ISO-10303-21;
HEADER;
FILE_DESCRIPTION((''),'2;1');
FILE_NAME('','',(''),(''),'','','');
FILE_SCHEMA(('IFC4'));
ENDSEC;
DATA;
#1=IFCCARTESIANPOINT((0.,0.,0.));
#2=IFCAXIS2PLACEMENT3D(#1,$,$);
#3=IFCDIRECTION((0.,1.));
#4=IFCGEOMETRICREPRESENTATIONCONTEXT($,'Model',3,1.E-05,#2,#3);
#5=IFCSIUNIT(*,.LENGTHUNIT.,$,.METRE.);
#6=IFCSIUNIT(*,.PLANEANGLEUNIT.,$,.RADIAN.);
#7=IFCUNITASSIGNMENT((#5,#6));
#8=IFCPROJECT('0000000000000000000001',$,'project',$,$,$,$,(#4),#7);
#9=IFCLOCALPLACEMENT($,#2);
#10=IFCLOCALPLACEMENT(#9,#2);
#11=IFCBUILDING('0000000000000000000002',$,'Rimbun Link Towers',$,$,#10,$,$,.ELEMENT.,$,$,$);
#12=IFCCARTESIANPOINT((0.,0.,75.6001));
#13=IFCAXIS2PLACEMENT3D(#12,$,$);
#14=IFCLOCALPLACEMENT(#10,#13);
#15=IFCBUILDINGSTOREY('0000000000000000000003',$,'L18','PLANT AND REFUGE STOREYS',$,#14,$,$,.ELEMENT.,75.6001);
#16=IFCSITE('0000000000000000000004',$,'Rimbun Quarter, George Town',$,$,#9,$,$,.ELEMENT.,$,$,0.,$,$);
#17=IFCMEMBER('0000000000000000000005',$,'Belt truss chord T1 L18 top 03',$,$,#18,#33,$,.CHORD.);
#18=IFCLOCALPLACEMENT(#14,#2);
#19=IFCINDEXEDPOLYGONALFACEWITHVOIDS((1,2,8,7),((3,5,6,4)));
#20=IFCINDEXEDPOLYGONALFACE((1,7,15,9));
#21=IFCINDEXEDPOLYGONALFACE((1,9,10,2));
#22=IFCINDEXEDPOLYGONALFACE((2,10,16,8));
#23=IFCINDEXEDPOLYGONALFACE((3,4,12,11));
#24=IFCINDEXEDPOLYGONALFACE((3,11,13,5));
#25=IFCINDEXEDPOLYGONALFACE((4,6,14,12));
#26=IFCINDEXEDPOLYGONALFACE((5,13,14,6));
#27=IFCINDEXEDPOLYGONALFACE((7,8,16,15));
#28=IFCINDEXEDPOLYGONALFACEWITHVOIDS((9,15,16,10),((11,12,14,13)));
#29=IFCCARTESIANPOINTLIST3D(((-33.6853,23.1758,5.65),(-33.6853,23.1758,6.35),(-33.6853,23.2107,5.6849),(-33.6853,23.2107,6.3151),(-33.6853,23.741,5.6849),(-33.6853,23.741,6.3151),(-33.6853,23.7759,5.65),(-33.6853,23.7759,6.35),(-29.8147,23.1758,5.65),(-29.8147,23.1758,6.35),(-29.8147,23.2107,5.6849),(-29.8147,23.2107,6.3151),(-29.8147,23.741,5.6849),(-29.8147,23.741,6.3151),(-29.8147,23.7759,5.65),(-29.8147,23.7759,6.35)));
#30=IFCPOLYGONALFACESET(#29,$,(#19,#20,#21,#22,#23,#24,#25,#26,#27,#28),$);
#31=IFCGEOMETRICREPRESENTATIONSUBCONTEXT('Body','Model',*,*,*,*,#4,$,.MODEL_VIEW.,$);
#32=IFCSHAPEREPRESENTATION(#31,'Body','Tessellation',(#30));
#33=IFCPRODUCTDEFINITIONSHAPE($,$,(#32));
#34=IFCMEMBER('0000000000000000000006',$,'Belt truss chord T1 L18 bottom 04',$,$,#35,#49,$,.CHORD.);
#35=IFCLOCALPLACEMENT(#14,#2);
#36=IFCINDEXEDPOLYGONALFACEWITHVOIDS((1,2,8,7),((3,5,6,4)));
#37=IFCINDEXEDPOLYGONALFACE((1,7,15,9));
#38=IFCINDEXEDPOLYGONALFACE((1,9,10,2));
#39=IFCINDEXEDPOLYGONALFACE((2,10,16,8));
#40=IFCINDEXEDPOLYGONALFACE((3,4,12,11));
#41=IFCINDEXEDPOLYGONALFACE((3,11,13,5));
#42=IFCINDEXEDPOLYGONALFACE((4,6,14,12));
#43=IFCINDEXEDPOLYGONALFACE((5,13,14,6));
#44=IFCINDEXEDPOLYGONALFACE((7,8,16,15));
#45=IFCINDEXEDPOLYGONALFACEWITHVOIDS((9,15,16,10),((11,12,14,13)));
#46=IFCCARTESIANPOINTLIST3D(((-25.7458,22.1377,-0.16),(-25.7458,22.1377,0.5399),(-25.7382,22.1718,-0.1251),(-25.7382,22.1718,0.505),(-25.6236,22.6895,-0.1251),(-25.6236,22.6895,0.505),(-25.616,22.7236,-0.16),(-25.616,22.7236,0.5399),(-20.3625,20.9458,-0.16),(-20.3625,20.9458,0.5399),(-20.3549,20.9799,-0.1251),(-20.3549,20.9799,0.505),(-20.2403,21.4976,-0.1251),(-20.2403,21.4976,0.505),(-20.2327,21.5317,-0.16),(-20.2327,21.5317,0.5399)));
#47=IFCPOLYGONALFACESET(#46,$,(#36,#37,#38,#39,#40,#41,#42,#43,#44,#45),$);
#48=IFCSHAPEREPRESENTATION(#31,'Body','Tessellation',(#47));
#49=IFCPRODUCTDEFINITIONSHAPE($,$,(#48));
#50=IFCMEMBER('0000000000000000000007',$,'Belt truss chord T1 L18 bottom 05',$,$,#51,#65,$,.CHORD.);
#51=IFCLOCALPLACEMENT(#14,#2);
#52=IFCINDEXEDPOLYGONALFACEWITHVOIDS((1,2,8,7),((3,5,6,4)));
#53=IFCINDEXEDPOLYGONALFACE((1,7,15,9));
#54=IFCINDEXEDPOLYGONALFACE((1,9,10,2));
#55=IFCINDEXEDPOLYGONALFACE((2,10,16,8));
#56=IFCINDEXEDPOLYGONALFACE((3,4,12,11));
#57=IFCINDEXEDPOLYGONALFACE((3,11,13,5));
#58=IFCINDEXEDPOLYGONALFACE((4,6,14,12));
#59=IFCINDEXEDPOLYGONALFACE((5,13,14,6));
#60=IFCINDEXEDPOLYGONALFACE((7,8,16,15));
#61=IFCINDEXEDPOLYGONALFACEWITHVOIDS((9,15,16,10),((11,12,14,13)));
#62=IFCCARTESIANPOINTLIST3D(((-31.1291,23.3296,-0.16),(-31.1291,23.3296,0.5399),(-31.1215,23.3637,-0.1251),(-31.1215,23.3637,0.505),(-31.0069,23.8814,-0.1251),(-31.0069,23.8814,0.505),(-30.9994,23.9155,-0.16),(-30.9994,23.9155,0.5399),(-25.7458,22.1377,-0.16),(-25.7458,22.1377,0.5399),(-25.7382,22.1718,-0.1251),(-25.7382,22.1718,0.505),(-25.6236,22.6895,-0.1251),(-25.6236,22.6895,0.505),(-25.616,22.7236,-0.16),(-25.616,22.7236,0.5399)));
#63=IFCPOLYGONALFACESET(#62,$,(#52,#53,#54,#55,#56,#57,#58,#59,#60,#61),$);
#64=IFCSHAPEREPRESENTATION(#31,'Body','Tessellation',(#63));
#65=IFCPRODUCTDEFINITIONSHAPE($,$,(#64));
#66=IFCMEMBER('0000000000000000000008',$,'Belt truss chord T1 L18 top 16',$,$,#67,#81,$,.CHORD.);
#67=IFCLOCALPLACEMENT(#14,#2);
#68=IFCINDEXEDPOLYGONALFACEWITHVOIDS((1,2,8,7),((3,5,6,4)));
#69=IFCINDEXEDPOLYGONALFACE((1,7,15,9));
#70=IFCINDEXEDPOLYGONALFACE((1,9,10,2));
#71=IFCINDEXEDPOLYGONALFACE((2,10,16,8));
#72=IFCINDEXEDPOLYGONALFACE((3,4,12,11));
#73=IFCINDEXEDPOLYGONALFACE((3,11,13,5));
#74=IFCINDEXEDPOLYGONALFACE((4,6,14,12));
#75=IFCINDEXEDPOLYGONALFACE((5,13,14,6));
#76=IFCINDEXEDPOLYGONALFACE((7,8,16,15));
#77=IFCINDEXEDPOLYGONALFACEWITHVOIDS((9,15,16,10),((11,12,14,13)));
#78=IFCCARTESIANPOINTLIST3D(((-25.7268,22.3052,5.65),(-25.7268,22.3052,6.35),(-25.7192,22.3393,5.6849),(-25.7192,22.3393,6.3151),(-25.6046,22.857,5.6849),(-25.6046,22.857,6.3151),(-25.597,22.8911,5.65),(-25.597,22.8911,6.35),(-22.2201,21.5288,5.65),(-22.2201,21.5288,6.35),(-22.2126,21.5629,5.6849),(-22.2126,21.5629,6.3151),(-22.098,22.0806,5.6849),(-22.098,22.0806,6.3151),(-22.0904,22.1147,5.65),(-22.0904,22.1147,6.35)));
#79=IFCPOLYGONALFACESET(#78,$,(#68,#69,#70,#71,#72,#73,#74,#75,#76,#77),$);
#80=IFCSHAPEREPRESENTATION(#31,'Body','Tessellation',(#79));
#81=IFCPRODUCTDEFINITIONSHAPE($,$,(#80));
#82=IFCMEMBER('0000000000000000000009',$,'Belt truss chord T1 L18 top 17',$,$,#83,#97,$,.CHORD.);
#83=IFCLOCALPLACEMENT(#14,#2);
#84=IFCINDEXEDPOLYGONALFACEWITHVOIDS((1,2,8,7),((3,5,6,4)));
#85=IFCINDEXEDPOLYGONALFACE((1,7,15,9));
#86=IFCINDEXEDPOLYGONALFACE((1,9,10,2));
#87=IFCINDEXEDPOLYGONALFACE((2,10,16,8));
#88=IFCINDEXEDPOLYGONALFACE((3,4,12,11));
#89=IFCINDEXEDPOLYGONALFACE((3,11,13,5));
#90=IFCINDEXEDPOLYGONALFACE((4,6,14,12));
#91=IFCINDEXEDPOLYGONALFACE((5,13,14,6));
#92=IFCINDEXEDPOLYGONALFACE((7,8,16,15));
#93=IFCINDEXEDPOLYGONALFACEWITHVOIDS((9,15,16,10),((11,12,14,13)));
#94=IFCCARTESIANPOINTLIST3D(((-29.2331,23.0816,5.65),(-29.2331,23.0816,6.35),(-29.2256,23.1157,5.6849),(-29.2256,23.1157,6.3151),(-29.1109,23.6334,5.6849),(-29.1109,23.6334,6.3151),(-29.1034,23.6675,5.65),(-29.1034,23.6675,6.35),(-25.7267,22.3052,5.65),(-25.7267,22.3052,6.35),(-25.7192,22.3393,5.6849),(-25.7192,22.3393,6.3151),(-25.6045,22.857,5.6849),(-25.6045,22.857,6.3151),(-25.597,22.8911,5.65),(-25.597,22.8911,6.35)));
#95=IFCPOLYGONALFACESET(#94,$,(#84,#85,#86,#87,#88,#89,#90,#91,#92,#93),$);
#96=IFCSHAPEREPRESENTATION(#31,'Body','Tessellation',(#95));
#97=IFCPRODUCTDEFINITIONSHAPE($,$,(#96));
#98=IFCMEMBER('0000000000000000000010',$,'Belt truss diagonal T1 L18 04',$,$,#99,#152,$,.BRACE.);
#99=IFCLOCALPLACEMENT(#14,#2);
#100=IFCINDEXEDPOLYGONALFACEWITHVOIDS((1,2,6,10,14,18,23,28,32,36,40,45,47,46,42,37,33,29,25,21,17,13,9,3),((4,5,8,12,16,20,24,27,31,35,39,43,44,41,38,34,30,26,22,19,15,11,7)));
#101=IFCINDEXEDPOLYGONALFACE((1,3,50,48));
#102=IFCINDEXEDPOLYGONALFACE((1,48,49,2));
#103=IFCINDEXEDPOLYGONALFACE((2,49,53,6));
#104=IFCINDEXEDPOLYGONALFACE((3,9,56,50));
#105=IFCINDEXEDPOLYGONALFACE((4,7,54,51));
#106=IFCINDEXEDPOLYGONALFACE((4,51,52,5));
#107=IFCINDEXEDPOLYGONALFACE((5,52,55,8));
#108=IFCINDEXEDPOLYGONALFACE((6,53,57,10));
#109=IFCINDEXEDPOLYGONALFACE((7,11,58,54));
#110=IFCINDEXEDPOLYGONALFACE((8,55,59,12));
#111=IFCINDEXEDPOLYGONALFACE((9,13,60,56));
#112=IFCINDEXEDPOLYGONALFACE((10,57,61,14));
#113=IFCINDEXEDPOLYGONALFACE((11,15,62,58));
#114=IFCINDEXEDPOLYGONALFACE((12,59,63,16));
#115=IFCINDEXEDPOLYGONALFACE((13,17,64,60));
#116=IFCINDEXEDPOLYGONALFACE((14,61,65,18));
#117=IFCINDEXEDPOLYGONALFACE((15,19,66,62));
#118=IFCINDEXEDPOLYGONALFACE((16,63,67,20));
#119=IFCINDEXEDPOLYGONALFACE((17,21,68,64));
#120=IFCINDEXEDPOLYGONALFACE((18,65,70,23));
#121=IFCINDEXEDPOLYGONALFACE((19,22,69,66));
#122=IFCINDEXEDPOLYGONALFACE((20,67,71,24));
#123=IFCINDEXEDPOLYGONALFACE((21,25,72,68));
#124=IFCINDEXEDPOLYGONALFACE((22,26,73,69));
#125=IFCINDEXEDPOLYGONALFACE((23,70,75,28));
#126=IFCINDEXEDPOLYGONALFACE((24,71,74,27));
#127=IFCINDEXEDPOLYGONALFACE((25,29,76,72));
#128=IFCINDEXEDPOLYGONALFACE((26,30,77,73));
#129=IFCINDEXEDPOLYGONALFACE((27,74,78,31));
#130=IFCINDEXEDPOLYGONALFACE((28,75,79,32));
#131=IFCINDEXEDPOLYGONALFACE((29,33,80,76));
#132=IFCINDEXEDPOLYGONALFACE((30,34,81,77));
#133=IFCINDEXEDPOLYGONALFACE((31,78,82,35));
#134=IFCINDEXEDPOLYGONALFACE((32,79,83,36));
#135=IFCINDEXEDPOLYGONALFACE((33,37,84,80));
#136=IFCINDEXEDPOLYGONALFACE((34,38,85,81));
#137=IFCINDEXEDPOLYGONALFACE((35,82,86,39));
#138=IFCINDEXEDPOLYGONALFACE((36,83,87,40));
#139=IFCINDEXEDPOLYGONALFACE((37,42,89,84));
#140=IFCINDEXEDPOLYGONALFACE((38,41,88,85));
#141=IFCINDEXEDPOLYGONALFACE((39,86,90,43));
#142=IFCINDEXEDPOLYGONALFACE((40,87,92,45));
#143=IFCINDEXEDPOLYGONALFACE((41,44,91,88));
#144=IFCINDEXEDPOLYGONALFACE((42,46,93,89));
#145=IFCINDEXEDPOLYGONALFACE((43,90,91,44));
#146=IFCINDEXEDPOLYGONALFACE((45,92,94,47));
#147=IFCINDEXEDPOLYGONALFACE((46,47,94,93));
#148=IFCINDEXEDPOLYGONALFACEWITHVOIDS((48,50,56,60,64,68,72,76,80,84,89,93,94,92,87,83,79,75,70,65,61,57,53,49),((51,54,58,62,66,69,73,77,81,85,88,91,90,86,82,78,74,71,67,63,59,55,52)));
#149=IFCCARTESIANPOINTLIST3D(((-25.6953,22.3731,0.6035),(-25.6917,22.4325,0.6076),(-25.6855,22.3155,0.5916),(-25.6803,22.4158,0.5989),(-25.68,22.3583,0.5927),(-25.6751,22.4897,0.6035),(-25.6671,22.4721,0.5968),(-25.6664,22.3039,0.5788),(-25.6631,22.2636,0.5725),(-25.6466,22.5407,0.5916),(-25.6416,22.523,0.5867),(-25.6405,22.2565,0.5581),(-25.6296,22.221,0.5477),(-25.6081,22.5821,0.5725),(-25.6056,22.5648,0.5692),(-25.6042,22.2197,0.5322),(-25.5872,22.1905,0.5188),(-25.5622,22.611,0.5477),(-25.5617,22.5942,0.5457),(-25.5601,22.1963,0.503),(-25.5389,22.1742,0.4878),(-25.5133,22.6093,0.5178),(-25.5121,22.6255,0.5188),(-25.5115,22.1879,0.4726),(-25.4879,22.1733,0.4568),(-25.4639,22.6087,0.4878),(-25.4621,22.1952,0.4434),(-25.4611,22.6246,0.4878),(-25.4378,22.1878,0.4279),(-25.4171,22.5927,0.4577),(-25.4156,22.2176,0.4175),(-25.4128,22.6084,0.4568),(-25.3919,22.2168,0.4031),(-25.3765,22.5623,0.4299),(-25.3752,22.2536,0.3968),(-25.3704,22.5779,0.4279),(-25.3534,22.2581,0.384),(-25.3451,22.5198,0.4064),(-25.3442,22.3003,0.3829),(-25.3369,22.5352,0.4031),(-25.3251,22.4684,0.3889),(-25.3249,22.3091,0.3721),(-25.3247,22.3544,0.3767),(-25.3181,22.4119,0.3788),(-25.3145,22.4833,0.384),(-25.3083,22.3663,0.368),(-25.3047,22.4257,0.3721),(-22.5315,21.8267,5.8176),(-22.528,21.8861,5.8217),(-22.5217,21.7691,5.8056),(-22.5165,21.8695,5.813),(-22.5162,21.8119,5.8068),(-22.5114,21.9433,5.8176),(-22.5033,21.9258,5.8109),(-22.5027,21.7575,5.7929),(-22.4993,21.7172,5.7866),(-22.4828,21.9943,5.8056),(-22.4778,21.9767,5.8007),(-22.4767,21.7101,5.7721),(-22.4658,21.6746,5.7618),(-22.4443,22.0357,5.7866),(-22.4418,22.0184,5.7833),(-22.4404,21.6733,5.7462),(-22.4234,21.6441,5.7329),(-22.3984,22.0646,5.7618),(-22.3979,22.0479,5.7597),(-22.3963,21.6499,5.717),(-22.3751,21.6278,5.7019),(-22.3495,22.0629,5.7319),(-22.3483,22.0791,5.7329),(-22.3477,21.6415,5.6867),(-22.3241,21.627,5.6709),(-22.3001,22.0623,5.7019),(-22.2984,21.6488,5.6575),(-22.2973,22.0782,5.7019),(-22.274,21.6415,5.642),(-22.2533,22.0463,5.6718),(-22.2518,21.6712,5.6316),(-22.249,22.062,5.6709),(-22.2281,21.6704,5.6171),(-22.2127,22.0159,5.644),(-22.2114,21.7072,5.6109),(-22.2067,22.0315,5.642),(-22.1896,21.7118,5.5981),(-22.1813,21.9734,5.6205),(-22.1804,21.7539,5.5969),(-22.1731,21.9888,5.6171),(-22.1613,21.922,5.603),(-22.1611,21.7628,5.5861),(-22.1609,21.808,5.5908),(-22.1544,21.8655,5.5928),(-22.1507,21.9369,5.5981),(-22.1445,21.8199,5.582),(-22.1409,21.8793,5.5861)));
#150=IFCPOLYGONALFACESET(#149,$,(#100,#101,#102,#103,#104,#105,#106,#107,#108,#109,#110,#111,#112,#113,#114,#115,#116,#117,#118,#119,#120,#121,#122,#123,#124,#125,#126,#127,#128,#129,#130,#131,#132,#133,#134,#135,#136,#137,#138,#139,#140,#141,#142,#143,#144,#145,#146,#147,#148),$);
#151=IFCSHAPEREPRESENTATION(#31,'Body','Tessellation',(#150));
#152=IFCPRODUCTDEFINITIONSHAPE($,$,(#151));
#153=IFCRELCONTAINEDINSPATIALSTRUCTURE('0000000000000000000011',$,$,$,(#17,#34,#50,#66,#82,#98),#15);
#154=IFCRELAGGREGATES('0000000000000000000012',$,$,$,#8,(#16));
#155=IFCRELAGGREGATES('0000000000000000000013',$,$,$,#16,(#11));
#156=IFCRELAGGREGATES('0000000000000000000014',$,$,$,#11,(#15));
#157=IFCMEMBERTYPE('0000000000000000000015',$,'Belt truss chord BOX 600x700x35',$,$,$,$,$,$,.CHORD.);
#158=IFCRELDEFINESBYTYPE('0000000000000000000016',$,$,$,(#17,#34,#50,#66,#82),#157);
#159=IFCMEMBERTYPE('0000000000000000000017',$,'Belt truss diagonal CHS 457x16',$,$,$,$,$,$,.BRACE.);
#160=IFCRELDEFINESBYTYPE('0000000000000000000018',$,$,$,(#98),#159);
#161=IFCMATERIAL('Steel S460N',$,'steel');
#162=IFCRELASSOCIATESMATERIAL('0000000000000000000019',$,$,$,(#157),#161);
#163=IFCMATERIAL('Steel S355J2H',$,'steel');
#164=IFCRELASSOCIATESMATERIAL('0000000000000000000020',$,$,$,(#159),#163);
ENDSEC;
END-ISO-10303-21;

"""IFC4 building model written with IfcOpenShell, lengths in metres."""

from ifc_helpers import new_model, si_unit, direction, frame, origin, origin_2d, place, context, subcontext, project, spatial, hollow_rectangle, hollow_circle, extrude, material, material_profile, profile_set, type_object, element, save


model = new_model("IFC4")

# Units and contexts
model_context = context("Model", 3, precision=1e-05, world=origin(), true_north=direction((0.0, 1.0)))
body_context = subcontext(model_context, "Body", "Model", "MODEL_VIEW")
ifc_project = project(units=[si_unit("LENGTHUNIT", "METRE"), si_unit("PLANEANGLEUNIT", "RADIAN")], contexts=[model_context])

# Site, building, storey
site_placement = place(None, origin())
site = spatial("IfcSite", under=ifc_project, at=site_placement, Name="Rimbun Quarter, George Town", CompositionType="ELEMENT", RefElevation=0.0)
building_placement = place(site_placement, origin())
building = spatial("IfcBuilding", under=site, at=building_placement, Name="Rimbun Link Towers", CompositionType="ELEMENT")
storey_placement = place(building_placement, frame((0.0, 0.0, 75.6001)))
storey = spatial("IfcBuildingStorey", under=building, at=storey_placement, Name="L18", Description="PLANT AND REFUGE STOREYS", CompositionType="ELEMENT", Elevation=75.6001)

# Members
ifc_material_1 = material(Name="Steel S460N", Category="steel")
ifc_material_profile_1 = material_profile(ifc_material_1, hollow_rectangle(XDim=0.6001, YDim=0.7, WallThickness=0.0349, at=origin_2d()), Name="Belt truss chord BOX 600x700x35")
ifc_profile_set_1 = profile_set([ifc_material_profile_1], Name="Steel S460N")
member_type_1 = type_object("IfcMemberType", Name="Belt truss chord BOX 600x700x35", PredefinedType="CHORD", material=ifc_profile_set_1)
member_1_placement = place(storey_placement, frame((-29.8147, 23.4758, 6.0), z_axis=(-1.0, 0.0, 0.0), x_axis=(0.0, -1.0, 0.0)))
element("IfcMember", 1, at=member_1_placement, inside=storey, type_object=member_type_1, Name="Belt truss chord T1 L18 top 03", PredefinedType="CHORD", context=body_context, shape_type="SweptSolid", body=[
    extrude(hollow_rectangle(XDim=0.6001, YDim=0.7, WallThickness=0.0349, at=origin_2d()), origin(), (0.0, 0.0, 1.0), 3.8706),
])
for number, where, z_axis, x_axis, name in (
    (2, (-20.2976, 21.2388, 0.1899), (-0.976356, 0.216171, 0.0), (-0.216171, -0.976356, 0.0), "Belt truss chord T1 L18 bottom 04"),
    (3, (-25.6809, 22.4307, 0.1899), (-0.976356, 0.216171, 0.0), (-0.216171, -0.976356, 0.0), "Belt truss chord T1 L18 bottom 05"),
):
    element("IfcMember", number, at=place(storey_placement, frame(where, z_axis=z_axis, x_axis=x_axis)), inside=storey, type_object=member_type_1, Name=name, PredefinedType="CHORD", context=body_context, shape_type="SweptSolid", body=[
        extrude(hollow_rectangle(XDim=0.6001, YDim=0.7, WallThickness=0.0349, at=origin_2d()), origin(), (0.0, 0.0, 1.0), 5.5137),
    ])
member_2_placement = place(storey_placement, frame((-22.1553, 21.8218, 6.0), z_axis=(-0.976356, 0.216167, 0.0), x_axis=(-0.216167, -0.976356, 0.0)))
element("IfcMember", 4, at=member_2_placement, inside=storey, type_object=member_type_1, Name="Belt truss chord T1 L18 top 16", PredefinedType="CHORD", context=body_context, shape_type="SweptSolid", body=[
    extrude(hollow_rectangle(XDim=0.6001, YDim=0.7, WallThickness=0.0349, at=origin_2d()), origin(), (0.0, 0.0, 1.0), 3.5916),
])
member_3_placement = place(storey_placement, frame((-25.6619, 22.5981, 6.0), z_axis=(-0.976353, 0.216182, 0.0), x_axis=(-0.216182, -0.976353, 0.0)))
element("IfcMember", 5, at=member_3_placement, inside=storey, type_object=member_type_1, Name="Belt truss chord T1 L18 top 17", PredefinedType="CHORD", context=body_context, shape_type="SweptSolid", body=[
    extrude(hollow_rectangle(XDim=0.6001, YDim=0.7, WallThickness=0.0349, at=origin_2d()), origin(), (0.0, 0.0, 1.0), 3.5913),
])
ifc_material_2 = material(Name="Steel S355J2H", Category="steel")
ifc_material_profile_2 = material_profile(ifc_material_2, hollow_circle(Radius=0.2285, WallThickness=0.0161, at=origin_2d()), Name="Belt truss diagonal CHS 457x16")
ifc_profile_set_2 = profile_set([ifc_material_profile_2], Name="Steel S355J2H")
member_type_2 = type_object("IfcMemberType", Name="Belt truss diagonal CHS 457x16", PredefinedType="BRACE", material=ifc_profile_set_2)
member_4_placement = place(storey_placement, frame((-25.5, 22.3994, 0.4878), z_axis=(0.516682, -0.08923, 0.851515), x_axis=(0.170179, 0.985413, 0.0)))
element("IfcMember", 6, at=member_4_placement, inside=storey, type_object=member_type_2, Name="Belt truss diagonal T1 L18 04", PredefinedType="BRACE", context=body_context, shape_type="SweptSolid", body=[
    extrude(hollow_circle(Radius=0.2285, WallThickness=0.0161, at=origin_2d()), origin(), (0.0, 0.0, 1.0), 6.1233),
])

save(model, "model.ifc")
